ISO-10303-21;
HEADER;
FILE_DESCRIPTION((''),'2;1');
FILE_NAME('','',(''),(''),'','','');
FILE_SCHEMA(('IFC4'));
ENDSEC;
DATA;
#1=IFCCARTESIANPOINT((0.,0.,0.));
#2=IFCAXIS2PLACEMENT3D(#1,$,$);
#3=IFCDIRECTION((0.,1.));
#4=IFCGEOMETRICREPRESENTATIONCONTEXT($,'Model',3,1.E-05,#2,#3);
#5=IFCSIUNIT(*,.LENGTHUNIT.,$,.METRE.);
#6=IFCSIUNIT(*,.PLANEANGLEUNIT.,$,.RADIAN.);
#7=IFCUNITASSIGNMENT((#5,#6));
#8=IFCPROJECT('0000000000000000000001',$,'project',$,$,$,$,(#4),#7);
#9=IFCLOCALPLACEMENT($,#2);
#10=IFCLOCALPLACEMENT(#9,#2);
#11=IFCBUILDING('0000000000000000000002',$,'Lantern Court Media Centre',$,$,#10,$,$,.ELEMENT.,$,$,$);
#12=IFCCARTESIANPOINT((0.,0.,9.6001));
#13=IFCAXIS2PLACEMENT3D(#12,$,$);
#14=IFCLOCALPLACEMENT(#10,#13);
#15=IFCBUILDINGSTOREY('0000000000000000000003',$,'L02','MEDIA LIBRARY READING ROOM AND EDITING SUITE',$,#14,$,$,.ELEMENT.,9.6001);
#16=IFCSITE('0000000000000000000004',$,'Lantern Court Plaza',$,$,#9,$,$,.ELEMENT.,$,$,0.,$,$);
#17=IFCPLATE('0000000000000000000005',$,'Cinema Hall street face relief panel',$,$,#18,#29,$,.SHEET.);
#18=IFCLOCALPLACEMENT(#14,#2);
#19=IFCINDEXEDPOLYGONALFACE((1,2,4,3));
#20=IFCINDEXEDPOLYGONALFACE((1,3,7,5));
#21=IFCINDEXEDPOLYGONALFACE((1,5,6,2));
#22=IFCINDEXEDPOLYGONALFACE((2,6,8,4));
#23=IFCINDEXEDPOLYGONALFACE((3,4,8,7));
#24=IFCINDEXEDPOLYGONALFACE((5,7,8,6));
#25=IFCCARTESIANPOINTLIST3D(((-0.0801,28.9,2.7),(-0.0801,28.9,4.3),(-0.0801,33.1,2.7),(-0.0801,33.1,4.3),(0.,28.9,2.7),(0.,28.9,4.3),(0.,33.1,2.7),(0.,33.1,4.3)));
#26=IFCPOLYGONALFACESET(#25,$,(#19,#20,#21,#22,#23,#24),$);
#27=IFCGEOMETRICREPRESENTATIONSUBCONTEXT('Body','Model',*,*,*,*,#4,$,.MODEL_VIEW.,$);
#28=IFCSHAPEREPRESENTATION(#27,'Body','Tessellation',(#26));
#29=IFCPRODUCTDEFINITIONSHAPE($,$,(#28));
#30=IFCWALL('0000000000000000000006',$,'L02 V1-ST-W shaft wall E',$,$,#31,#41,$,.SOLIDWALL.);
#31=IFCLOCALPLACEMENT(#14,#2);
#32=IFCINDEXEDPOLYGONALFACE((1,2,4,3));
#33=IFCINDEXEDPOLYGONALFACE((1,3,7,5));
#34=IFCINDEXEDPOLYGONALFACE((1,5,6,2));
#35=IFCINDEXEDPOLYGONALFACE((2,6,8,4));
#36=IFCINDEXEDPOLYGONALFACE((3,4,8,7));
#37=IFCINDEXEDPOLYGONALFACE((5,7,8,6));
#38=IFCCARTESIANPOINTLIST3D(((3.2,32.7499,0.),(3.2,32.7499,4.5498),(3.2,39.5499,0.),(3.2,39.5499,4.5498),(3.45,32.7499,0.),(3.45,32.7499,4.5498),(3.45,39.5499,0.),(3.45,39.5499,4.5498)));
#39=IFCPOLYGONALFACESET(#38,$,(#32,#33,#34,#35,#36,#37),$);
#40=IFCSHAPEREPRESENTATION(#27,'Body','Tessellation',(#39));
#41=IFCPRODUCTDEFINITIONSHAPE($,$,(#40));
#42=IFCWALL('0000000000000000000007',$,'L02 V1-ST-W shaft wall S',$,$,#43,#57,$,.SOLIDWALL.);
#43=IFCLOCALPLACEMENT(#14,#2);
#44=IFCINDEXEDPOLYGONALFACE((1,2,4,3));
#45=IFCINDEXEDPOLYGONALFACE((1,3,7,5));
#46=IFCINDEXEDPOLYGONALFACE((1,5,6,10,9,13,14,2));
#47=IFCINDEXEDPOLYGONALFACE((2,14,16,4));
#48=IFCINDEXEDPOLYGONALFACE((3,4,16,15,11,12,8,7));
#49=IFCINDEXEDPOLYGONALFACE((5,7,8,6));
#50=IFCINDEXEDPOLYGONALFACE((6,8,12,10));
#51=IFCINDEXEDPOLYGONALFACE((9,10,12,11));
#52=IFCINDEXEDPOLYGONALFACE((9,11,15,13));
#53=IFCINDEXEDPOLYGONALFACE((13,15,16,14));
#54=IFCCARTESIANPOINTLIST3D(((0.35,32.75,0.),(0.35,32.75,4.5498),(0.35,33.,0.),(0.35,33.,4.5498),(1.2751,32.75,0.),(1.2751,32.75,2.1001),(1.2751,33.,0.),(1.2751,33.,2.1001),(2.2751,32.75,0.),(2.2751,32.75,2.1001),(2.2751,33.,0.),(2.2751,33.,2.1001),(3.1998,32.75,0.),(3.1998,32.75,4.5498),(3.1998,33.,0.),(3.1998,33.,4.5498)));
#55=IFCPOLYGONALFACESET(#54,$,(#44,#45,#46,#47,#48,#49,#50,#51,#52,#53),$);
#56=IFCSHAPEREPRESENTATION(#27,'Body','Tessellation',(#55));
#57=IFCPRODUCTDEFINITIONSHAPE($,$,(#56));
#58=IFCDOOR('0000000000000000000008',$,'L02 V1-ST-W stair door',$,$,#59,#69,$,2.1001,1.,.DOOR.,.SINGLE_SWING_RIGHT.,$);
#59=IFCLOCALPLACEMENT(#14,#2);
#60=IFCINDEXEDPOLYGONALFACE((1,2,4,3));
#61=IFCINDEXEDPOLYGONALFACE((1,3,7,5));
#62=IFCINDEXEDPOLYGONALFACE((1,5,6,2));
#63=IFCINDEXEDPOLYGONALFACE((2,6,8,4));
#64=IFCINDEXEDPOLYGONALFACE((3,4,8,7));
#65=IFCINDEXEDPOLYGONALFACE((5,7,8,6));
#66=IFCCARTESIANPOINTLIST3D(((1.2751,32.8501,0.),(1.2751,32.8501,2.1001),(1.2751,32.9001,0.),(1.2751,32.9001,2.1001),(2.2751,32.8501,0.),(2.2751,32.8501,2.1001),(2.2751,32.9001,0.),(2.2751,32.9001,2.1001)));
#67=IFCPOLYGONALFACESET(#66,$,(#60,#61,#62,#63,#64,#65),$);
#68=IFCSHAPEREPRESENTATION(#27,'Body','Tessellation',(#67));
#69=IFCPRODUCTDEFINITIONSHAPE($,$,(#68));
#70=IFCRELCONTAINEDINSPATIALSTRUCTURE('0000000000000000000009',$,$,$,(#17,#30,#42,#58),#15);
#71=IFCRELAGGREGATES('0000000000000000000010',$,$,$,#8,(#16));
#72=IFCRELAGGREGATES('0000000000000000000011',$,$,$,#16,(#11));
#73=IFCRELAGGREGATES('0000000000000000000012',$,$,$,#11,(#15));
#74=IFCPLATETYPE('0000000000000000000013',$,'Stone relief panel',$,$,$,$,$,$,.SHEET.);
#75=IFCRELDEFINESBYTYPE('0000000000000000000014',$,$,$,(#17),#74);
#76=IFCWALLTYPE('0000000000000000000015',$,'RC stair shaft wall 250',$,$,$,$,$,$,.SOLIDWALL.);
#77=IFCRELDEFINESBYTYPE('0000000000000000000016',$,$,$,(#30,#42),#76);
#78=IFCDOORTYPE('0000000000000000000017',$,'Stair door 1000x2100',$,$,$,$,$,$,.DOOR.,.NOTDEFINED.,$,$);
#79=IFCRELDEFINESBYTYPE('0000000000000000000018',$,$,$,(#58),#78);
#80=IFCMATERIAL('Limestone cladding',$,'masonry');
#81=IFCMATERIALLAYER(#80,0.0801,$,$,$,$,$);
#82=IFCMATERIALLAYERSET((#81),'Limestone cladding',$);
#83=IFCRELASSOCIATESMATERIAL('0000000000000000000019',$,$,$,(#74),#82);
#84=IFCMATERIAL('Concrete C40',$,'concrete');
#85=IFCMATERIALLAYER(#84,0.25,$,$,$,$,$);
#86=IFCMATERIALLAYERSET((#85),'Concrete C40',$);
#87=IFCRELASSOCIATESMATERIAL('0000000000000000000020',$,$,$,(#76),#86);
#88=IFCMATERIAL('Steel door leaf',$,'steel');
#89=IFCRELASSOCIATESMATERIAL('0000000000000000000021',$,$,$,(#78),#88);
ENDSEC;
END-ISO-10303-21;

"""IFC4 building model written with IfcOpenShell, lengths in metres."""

from ifc_helpers import new_model, si_unit, direction, frame, frame_2d, origin, origin_2d, place, context, subcontext, project, spatial, rectangle, extrude, material, layer, layer_set, type_object, element, fill, save


model = new_model("IFC4")

# Units and contexts
model_context = context("Model", 3, precision=1e-05, world=origin(), true_north=direction((0.0, 1.0)))
body_context = subcontext(model_context, "Body", "Model", "MODEL_VIEW")
ifc_project = project(units=[si_unit("LENGTHUNIT", "METRE"), si_unit("PLANEANGLEUNIT", "RADIAN")], contexts=[model_context])

# Site, building, storey
site_placement = place(None, origin())
site = spatial("IfcSite", under=ifc_project, at=site_placement, Name="Lantern Court Plaza", CompositionType="ELEMENT", RefElevation=0.0)
building_placement = place(site_placement, origin())
building = spatial("IfcBuilding", under=site, at=building_placement, Name="Lantern Court Media Centre", CompositionType="ELEMENT")
storey_placement = place(building_placement, frame((0.0, 0.0, 9.6001)))
storey = spatial("IfcBuildingStorey", under=building, at=storey_placement, Name="L02", Description="MEDIA LIBRARY READING ROOM AND EDITING SUITE", CompositionType="ELEMENT", Elevation=9.6001)

# Plate
ifc_material_1 = material(Name="Limestone cladding", Category="masonry")
ifc_layer_1 = layer(ifc_material_1, 0.0801)
ifc_layer_set_1 = layer_set([ifc_layer_1], Name="Limestone cladding")
plate_type = type_object("IfcPlateType", Name="Stone relief panel", PredefinedType="SHEET", material=ifc_layer_set_1)
plate_1_placement = place(storey_placement, frame((-0.04, 31.0, 2.7), z_axis=(0.0, 0.0, 1.0), x_axis=(1.0, 0.0, 0.0)))
element("IfcPlate", 1, at=plate_1_placement, inside=storey, type_object=plate_type, Name="Cinema Hall street face relief panel", PredefinedType="SHEET", context=body_context, shape_type="SweptSolid", body=[
    extrude(rectangle(XDim=0.0801, YDim=4.2, at=origin_2d()), origin(), (0.0, 0.0, 1.0), 1.6001),
])

# Wall
ifc_material_2 = material(Name="Concrete C40", Category="concrete")
ifc_layer_2 = layer(ifc_material_2, 0.25)
ifc_layer_set_2 = layer_set([ifc_layer_2], Name="Concrete C40")
wall_type = type_object("IfcWallType", Name="RC stair shaft wall 250", PredefinedType="SOLIDWALL", material=ifc_layer_set_2)
wall_1_placement = place(storey_placement, frame((3.325, 32.75, 0.0), z_axis=(0.0, 0.0, 1.0), x_axis=(0.0, 1.0, 0.0)))
element("IfcWall", 2, at=wall_1_placement, inside=storey, type_object=wall_type, Name="L02 V1-ST-W shaft wall E", PredefinedType="SOLIDWALL", context=body_context, shape_type="SweptSolid", body=[
    extrude(rectangle(XDim=6.8, YDim=0.25, at=frame_2d((3.3999, 0.0))), origin(), (0.0, 0.0, 1.0), 4.5498),
])

# Wall, opening, door
wall_2_placement = place(storey_placement, frame((0.3501, 32.875, 0.0), z_axis=(0.0, 0.0, 1.0), x_axis=(1.0, 0.0, 0.0)))
wall_2 = element("IfcWall", 3, at=wall_2_placement, inside=storey, type_object=wall_type, Name="L02 V1-ST-W shaft wall S", PredefinedType="SOLIDWALL", context=body_context, shape_type="SweptSolid", body=[
    extrude(rectangle(XDim=2.8499, YDim=0.25, at=frame_2d((1.4248, 0.0))), origin(), (0.0, 0.0, 1.0), 4.5498),
])
opening_placement = place(wall_2_placement, frame((0.925, 0.0, 0.0)))
opening = element("IfcOpeningElement", 4, at=opening_placement, cuts=wall_2, PredefinedType="OPENING", context=body_context, shape_type="SweptSolid", body=[
    extrude(rectangle(XDim=1.0, YDim=2.1001, at=frame_2d((0.5, 1.05))), frame((0.0, 0.135, 0.0), z_axis=(0.0, -1.0, 0.0), x_axis=(1.0, 0.0, 0.0)), (0.0, 0.0, 1.0), 0.27),
])
ifc_material_3 = material(Name="Steel door leaf", Category="steel")
door_type = type_object("IfcDoorType", Name="Stair door 1000x2100", OperationType="NOTDEFINED", PredefinedType="DOOR", material=ifc_material_3)
door_placement = place(opening_placement, frame((1.0, 0.0, 0.0), z_axis=(0.0, 0.0, 1.0), x_axis=(-1.0, 0.0, 0.0)))
door = element("IfcDoor", 5, at=door_placement, inside=storey, type_object=door_type, Name="L02 V1-ST-W stair door", OperationType="SINGLE_SWING_RIGHT", OverallHeight=2.1001, OverallWidth=1.0, PredefinedType="DOOR", context=body_context, shape_type="SweptSolid", body=[
    extrude(rectangle(XDim=1.0, YDim=2.1001, at=frame_2d((0.5, 1.05))), frame((0.0, 0.0249, 0.0), z_axis=(0.0, -1.0, 0.0), x_axis=(1.0, 0.0, 0.0)), (0.0, 0.0, 1.0), 0.05),
])
fill(opening, door)

save(model, "model.ifc")
